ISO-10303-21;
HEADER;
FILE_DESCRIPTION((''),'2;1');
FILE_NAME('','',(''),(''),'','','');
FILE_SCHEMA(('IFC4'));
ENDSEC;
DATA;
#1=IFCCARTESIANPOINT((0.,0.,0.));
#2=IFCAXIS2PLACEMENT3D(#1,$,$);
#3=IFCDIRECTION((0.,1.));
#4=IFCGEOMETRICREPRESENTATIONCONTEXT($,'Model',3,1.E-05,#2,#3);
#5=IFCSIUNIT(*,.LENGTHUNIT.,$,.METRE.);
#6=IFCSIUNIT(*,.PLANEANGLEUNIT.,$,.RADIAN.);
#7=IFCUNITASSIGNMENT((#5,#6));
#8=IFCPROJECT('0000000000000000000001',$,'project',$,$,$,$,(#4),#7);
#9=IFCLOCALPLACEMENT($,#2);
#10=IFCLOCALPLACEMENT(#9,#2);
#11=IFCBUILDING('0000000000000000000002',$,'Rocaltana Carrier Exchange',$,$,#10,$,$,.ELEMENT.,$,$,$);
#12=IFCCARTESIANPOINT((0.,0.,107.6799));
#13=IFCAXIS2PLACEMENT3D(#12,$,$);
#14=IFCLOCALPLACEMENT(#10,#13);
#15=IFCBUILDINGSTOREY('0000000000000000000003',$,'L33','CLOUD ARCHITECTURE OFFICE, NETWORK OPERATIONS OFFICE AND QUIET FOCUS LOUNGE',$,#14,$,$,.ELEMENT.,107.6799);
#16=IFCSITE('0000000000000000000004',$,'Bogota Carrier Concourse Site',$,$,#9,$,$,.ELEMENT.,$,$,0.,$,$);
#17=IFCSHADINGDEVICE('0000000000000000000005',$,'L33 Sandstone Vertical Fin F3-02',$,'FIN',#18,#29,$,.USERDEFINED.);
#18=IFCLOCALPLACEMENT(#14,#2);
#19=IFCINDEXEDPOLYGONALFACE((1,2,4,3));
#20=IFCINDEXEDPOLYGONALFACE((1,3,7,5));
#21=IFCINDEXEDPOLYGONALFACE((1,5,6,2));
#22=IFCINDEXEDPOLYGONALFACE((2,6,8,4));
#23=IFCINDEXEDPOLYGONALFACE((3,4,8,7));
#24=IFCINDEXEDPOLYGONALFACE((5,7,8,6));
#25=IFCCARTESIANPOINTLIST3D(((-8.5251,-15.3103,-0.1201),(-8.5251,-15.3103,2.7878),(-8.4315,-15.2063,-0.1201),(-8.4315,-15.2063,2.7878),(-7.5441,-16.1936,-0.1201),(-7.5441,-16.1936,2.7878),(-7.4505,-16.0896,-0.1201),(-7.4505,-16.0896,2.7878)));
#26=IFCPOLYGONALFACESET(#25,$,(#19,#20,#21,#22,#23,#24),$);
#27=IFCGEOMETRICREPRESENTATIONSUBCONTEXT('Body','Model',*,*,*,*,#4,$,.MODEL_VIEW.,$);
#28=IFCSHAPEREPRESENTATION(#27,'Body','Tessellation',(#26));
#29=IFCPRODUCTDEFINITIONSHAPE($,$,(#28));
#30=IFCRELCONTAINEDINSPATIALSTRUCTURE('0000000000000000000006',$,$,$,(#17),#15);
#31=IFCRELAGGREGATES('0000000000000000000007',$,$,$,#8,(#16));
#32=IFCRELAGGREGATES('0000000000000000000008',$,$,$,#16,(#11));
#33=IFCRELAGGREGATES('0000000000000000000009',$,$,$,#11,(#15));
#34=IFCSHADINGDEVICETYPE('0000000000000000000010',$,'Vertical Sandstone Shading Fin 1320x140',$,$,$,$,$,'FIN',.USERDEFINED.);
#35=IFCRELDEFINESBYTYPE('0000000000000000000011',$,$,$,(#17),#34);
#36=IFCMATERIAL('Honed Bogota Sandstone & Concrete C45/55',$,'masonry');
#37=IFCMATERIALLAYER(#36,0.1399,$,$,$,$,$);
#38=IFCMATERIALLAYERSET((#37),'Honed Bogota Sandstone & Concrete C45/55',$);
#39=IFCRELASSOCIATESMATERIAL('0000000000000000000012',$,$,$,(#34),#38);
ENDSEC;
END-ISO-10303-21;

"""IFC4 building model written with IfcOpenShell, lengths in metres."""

from ifc_helpers import new_model, si_unit, direction, frame, origin, origin_2d, place, context, subcontext, project, spatial, rectangle, extrude, material, layer, layer_set, type_object, element, save


model = new_model("IFC4")

# Units and contexts
model_context = context("Model", 3, precision=1e-05, world=origin(), true_north=direction((0.0, 1.0)))
body_context = subcontext(model_context, "Body", "Model", "MODEL_VIEW")
ifc_project = project(units=[si_unit("LENGTHUNIT", "METRE"), si_unit("PLANEANGLEUNIT", "RADIAN")], contexts=[model_context])

# Site, building, storey
site_placement = place(None, origin())
site = spatial("IfcSite", under=ifc_project, at=site_placement, Name="Bogota Carrier Concourse Site", CompositionType="ELEMENT", RefElevation=0.0)
building_placement = place(site_placement, origin())
building = spatial("IfcBuilding", under=site, at=building_placement, Name="Rocaltana Carrier Exchange", CompositionType="ELEMENT")
storey_placement = place(building_placement, frame((0.0, 0.0, 107.6799)))
storey = spatial("IfcBuildingStorey", under=building, at=storey_placement, Name="L33", Description="CLOUD ARCHITECTURE OFFICE, NETWORK OPERATIONS OFFICE AND QUIET FOCUS LOUNGE", CompositionType="ELEMENT", Elevation=107.6799)

# Shading device
ifc_material_1 = material(Name="Honed Bogota Sandstone & Concrete C45/55", Category="masonry")
ifc_layer_1 = layer(ifc_material_1, 0.1399)
ifc_layer_set_1 = layer_set([ifc_layer_1], Name="Honed Bogota Sandstone & Concrete C45/55")
shading_device_type = type_object("IfcShadingDeviceType", Name="Vertical Sandstone Shading Fin 1320x140", ElementType="FIN", PredefinedType="USERDEFINED", material=ifc_layer_set_1)
shading_device_placement = place(storey_placement, frame((-7.9878, -15.7, -0.1201), z_axis=(0.0, 0.0, 1.0), x_axis=(0.743145, -0.669131, 0.0)))
element("IfcShadingDevice", 1, at=shading_device_placement, inside=storey, type_object=shading_device_type, Name="L33 Sandstone Vertical Fin F3-02", ObjectType="FIN", PredefinedType="USERDEFINED", context=body_context, shape_type="SweptSolid", body=[
    extrude(rectangle(XDim=1.3201, YDim=0.1399, at=origin_2d()), origin(), (0.0, 0.0, 1.0), 2.908),
])

save(model, "model.ifc")
